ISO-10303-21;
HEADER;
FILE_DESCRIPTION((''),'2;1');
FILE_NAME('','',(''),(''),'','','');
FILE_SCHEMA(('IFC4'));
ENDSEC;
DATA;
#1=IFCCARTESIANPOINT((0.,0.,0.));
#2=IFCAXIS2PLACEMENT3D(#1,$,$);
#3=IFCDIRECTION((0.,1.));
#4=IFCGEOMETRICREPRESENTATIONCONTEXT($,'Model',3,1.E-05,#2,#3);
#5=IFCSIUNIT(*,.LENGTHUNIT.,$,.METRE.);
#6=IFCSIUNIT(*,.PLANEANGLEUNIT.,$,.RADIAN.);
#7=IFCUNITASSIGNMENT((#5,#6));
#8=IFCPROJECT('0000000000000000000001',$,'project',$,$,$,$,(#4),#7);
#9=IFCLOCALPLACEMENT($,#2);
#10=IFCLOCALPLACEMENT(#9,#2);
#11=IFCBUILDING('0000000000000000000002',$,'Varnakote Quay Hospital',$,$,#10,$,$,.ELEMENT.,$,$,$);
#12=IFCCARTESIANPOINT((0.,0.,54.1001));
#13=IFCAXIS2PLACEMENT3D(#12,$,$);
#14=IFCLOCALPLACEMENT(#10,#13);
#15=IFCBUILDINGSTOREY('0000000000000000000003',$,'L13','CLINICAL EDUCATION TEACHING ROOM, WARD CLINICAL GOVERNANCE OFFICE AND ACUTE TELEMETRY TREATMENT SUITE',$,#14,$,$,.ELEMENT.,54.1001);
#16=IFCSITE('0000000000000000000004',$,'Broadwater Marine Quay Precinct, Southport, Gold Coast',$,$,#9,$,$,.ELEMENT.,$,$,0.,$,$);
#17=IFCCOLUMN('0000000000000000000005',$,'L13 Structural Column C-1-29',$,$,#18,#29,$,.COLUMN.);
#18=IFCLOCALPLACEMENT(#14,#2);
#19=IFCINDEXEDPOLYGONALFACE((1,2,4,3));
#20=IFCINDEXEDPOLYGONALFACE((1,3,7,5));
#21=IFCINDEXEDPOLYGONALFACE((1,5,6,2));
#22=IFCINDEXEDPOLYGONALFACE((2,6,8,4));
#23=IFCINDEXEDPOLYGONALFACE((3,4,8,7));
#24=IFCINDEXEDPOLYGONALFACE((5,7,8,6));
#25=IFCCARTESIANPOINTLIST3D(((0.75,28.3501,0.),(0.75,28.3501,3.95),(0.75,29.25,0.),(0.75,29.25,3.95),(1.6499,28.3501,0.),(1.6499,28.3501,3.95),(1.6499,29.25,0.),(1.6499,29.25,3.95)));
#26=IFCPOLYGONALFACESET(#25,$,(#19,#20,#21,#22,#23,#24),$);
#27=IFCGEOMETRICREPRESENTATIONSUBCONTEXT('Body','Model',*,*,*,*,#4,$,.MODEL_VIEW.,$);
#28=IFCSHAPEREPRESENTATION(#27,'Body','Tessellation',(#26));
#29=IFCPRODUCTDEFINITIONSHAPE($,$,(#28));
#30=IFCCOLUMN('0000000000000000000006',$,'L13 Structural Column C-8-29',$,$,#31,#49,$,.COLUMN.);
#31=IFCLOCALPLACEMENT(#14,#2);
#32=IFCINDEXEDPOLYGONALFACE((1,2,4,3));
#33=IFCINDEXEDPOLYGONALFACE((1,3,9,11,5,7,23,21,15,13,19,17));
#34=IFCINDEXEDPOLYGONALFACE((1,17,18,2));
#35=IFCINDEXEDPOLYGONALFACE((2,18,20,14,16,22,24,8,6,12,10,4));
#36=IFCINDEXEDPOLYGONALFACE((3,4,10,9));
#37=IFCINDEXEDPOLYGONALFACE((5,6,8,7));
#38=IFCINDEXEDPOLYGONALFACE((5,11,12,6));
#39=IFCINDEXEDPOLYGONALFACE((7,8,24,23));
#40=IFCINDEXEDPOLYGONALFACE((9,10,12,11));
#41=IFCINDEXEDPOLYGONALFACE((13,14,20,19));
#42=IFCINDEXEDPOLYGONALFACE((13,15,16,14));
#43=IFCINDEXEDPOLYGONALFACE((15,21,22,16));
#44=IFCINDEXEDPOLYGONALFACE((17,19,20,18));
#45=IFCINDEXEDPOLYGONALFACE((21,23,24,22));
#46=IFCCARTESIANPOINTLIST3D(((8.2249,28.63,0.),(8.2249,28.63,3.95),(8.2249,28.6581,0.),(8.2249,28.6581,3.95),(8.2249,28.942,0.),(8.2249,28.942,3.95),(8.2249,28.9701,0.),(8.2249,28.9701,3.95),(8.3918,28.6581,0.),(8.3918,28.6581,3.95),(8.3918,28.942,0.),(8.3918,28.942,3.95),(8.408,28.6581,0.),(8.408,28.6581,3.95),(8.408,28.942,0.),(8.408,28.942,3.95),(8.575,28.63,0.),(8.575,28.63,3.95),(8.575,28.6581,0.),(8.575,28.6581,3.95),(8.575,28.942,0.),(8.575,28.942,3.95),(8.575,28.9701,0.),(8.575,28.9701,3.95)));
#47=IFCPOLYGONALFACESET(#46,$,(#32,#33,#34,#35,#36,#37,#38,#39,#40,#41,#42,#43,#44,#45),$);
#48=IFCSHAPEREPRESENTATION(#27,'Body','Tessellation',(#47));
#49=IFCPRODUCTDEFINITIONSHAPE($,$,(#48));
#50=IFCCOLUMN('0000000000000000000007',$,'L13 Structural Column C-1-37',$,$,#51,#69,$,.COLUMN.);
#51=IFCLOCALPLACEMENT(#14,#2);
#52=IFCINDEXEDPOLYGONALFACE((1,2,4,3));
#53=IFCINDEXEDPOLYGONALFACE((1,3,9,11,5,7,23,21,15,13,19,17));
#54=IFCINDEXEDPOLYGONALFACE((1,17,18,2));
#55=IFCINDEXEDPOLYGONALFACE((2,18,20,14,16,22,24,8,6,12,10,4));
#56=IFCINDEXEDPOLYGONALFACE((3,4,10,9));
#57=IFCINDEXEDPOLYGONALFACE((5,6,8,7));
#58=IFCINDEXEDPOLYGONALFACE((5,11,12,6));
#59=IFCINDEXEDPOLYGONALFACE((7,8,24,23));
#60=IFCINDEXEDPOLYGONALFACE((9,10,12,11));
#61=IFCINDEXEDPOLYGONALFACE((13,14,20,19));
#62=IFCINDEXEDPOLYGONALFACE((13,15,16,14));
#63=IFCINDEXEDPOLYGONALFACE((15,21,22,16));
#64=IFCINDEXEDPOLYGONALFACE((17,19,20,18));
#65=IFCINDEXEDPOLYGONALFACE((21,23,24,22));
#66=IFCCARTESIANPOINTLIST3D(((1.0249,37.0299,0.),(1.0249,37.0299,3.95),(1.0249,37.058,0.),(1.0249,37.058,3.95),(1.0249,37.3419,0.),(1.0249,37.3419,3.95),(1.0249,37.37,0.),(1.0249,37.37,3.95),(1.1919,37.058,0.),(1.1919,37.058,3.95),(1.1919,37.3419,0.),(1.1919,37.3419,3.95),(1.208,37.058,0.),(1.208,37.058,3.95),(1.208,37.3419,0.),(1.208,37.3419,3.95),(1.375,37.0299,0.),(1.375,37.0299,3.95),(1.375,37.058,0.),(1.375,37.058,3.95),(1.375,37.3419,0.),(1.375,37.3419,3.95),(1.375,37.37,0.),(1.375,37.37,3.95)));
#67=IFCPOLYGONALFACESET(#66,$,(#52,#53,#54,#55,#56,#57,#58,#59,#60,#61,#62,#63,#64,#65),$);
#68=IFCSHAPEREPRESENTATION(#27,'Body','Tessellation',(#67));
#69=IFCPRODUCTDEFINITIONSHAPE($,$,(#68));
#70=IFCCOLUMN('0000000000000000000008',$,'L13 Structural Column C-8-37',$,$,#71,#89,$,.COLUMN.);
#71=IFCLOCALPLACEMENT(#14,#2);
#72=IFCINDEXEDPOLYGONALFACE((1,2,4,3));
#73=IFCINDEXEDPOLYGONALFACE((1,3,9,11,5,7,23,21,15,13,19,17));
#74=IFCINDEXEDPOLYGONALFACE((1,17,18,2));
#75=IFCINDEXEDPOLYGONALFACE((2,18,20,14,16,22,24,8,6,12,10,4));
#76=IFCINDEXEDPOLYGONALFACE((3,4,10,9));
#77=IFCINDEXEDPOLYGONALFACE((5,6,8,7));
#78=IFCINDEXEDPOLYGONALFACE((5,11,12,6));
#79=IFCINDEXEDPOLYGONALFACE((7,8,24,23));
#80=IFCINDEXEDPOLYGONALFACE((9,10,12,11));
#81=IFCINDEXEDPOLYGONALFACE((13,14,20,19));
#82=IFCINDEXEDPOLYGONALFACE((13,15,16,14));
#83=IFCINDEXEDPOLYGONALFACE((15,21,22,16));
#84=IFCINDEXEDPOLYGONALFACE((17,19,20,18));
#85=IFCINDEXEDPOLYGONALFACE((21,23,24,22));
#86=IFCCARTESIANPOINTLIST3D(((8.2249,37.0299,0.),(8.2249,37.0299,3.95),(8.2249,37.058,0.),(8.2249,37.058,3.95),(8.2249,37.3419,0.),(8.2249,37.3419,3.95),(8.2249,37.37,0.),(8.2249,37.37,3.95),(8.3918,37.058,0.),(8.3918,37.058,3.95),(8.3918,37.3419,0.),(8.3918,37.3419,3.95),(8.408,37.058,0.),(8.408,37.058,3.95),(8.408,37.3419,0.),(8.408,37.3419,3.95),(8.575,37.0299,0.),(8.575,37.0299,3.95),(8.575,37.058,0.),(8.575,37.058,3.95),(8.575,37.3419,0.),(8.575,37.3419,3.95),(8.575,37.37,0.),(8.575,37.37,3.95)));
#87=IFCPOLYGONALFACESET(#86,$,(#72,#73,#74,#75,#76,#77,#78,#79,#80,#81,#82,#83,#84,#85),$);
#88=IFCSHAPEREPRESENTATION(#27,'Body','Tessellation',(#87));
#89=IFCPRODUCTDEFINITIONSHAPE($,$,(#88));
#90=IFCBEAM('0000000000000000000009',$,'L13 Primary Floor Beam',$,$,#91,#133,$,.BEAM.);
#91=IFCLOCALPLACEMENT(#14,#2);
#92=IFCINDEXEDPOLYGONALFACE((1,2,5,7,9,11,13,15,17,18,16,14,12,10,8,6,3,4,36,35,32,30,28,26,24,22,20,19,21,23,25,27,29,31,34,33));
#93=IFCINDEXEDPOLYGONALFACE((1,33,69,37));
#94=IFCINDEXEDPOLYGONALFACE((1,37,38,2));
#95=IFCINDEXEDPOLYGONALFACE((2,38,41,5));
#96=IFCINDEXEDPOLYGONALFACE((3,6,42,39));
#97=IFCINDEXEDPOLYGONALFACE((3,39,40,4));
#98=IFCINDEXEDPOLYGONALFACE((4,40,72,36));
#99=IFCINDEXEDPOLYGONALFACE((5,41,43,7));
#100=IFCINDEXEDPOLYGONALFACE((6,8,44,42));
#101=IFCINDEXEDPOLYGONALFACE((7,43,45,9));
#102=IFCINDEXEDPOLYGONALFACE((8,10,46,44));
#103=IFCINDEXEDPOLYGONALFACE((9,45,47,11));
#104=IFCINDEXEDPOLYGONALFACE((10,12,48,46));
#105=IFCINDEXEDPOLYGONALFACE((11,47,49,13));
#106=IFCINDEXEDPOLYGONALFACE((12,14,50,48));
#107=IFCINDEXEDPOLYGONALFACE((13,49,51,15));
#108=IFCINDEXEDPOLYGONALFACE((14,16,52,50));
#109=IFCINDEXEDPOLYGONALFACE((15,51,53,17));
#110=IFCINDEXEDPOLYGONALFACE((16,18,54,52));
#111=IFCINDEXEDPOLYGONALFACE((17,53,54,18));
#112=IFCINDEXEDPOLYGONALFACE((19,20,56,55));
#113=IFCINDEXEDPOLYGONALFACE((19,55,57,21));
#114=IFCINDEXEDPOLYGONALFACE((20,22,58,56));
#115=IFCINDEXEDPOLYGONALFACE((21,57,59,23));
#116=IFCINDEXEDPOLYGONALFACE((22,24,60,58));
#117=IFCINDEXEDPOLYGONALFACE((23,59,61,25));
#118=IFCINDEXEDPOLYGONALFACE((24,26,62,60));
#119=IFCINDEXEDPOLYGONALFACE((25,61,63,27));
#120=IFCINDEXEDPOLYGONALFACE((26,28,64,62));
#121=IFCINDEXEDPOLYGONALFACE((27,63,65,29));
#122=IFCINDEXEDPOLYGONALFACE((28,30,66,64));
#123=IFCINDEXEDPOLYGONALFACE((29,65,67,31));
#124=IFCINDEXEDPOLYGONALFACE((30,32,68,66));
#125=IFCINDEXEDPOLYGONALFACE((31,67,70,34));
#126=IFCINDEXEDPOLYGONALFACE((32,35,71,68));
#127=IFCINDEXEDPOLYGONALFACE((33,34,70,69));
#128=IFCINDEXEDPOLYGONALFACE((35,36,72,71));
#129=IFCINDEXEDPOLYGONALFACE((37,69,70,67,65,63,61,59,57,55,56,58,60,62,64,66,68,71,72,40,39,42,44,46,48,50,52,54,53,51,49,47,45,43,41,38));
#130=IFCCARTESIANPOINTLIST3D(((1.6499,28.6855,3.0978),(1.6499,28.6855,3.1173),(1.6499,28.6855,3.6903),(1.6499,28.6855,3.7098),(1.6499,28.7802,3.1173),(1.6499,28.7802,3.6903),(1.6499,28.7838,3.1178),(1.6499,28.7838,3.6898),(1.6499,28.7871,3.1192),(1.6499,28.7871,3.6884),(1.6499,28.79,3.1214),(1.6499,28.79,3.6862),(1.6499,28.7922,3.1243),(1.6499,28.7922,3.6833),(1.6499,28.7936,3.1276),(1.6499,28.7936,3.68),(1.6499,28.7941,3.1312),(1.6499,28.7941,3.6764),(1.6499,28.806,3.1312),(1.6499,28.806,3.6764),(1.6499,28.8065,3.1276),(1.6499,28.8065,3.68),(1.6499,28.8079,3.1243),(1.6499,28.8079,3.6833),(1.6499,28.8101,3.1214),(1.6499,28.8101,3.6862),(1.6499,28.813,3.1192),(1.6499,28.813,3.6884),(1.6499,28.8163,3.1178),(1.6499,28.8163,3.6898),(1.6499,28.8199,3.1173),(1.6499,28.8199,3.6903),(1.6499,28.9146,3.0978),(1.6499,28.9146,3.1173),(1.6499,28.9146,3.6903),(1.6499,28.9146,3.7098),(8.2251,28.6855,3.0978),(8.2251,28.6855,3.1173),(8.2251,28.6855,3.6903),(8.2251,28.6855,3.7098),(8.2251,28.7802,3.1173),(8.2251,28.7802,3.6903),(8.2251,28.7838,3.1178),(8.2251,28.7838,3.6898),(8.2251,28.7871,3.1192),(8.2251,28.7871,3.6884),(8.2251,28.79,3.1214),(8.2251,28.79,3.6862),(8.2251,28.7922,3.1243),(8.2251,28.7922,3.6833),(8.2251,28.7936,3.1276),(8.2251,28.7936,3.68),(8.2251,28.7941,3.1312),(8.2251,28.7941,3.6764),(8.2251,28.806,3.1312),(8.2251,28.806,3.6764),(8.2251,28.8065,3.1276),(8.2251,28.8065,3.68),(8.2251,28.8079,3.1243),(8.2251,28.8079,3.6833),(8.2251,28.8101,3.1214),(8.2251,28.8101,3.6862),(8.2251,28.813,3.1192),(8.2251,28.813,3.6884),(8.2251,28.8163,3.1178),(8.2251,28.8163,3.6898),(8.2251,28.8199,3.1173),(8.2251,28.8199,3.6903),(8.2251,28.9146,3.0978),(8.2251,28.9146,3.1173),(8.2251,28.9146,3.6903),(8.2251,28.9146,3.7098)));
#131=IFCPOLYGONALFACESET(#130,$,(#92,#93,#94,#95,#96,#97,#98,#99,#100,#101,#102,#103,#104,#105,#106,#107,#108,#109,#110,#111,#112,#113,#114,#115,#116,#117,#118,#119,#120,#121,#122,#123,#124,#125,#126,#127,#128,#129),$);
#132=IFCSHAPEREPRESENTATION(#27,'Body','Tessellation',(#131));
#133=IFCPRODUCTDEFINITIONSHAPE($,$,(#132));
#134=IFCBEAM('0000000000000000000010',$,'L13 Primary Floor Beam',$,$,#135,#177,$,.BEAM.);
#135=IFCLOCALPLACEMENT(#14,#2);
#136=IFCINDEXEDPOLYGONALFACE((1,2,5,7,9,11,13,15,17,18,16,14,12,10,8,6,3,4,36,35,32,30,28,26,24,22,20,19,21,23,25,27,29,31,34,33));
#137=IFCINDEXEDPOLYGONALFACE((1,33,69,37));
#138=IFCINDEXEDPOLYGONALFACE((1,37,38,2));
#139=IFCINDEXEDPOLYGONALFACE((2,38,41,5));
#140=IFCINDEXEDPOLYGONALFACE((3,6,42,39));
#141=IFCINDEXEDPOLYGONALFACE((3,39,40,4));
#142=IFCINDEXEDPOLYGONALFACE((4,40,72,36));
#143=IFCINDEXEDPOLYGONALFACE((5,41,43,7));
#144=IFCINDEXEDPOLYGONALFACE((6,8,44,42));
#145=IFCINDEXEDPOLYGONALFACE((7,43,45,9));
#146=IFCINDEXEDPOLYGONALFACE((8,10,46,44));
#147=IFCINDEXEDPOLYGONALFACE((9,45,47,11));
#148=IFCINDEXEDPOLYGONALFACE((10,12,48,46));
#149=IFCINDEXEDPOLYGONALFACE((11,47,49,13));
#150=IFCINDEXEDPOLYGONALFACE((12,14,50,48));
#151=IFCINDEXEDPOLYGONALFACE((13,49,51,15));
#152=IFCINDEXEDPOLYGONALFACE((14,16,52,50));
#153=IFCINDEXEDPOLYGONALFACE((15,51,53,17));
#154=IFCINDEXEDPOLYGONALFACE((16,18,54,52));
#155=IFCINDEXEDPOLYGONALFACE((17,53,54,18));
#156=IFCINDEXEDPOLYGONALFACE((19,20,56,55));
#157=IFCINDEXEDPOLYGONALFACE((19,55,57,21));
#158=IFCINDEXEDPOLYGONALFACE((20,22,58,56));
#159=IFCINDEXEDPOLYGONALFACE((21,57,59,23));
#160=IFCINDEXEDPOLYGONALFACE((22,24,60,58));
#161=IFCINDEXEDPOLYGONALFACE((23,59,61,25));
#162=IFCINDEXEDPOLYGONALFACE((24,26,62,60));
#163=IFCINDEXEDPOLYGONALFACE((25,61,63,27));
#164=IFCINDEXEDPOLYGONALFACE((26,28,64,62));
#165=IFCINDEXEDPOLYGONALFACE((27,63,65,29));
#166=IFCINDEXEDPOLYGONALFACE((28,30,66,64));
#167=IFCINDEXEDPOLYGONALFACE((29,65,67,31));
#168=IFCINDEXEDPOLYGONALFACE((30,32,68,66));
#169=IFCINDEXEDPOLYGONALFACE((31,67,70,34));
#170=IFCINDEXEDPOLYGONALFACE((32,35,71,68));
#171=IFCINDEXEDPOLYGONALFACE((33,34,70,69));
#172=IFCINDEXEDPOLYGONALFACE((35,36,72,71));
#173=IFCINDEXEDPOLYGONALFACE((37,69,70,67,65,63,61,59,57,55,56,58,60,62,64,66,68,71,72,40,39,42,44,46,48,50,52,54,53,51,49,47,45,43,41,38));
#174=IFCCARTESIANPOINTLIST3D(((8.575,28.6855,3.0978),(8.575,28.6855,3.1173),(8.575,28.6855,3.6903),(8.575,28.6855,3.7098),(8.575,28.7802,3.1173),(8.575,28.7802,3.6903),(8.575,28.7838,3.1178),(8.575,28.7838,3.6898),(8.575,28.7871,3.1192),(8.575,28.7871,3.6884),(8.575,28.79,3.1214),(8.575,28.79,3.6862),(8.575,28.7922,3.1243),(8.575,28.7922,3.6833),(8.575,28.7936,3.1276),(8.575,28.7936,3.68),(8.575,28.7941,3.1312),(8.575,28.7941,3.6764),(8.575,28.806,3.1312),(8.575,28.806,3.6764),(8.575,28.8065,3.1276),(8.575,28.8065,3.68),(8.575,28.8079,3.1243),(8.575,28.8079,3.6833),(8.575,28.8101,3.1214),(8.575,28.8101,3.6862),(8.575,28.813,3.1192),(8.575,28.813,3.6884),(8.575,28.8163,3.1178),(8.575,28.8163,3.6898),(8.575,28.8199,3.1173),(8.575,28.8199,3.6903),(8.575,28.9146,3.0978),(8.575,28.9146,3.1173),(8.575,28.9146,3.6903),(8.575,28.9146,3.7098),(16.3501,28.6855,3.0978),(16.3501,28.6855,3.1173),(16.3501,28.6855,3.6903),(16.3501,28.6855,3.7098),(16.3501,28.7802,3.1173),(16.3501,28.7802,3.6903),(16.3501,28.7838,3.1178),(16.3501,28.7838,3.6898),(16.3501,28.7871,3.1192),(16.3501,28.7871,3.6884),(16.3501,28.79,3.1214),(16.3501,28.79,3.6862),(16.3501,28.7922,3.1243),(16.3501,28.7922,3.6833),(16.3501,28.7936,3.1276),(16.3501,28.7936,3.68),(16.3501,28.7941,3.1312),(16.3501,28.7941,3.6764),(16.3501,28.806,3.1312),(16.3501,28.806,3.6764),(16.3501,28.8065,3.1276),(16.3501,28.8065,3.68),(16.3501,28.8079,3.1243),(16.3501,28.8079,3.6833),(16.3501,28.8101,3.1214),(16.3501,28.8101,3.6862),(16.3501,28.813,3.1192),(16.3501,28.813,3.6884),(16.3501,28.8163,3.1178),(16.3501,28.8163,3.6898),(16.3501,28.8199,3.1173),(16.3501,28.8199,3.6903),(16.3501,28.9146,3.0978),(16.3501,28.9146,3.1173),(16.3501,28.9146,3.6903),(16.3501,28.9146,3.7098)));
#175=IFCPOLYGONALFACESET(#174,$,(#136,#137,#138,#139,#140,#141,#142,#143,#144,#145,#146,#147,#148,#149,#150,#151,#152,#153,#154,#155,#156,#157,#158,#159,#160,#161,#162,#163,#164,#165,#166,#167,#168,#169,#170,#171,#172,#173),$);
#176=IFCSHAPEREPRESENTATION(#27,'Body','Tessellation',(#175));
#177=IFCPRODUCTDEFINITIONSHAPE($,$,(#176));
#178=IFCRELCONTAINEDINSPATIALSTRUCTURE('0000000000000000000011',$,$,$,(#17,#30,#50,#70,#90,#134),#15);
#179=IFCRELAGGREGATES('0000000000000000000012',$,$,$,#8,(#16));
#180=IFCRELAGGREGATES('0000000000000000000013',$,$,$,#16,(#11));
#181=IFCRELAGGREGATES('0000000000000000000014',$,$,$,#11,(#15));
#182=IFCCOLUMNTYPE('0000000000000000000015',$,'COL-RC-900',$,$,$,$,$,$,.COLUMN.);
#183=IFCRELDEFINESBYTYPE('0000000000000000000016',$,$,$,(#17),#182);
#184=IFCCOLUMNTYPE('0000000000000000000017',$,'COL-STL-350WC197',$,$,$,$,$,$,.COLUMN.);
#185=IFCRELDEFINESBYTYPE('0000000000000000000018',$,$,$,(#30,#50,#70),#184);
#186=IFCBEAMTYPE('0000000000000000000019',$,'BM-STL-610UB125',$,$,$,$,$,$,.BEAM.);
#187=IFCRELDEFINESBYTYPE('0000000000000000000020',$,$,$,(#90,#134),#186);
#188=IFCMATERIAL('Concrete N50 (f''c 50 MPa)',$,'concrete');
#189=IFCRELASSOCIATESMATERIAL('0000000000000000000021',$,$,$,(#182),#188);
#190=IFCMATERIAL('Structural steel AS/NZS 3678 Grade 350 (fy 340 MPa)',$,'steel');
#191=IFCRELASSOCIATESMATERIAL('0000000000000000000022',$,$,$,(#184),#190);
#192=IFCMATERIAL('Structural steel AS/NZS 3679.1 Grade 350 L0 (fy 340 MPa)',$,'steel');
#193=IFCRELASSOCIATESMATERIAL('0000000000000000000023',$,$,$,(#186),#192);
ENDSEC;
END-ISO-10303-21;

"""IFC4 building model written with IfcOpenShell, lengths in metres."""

from ifc_helpers import new_model, si_unit, direction, frame, origin, origin_2d, place, context, subcontext, project, spatial, rectangle, i_section, extrude, material, material_profile, profile_set, type_object, element, save


model = new_model("IFC4")

# Units and contexts
model_context = context("Model", 3, precision=1e-05, world=origin(), true_north=direction((0.0, 1.0)))
body_context = subcontext(model_context, "Body", "Model", "MODEL_VIEW")
ifc_project = project(units=[si_unit("LENGTHUNIT", "METRE"), si_unit("PLANEANGLEUNIT", "RADIAN")], contexts=[model_context])

# Site, building, storey
site_placement = place(None, origin())
site = spatial("IfcSite", under=ifc_project, at=site_placement, Name="Broadwater Marine Quay Precinct, Southport, Gold Coast", CompositionType="ELEMENT", RefElevation=0.0)
building_placement = place(site_placement, origin())
building = spatial("IfcBuilding", under=site, at=building_placement, Name="Varnakote Quay Hospital", CompositionType="ELEMENT")
storey_placement = place(building_placement, frame((0.0, 0.0, 54.1001)))
storey = spatial("IfcBuildingStorey", under=building, at=storey_placement, Name="L13", Description="CLINICAL EDUCATION TEACHING ROOM, WARD CLINICAL GOVERNANCE OFFICE AND ACUTE TELEMETRY TREATMENT SUITE", CompositionType="ELEMENT", Elevation=54.1001)

# Columns
ifc_material_1 = material(Name="Concrete N50 (f'c 50 MPa)", Category="concrete")
ifc_material_profile_1 = material_profile(ifc_material_1, rectangle(XDim=0.8999, YDim=0.8999, at=origin_2d()), Name="RC-COL-900x900")
ifc_profile_set_1 = profile_set([ifc_material_profile_1], Name="Concrete N50 (f'c 50 MPa)")
column_type_1 = type_object("IfcColumnType", Name="COL-RC-900", PredefinedType="COLUMN", material=ifc_profile_set_1)
column_placement = place(storey_placement, frame((1.2, 28.8, 0.0), z_axis=(0.0, 0.0, 1.0), x_axis=(1.0, 0.0, 0.0)))
element("IfcColumn", 1, at=column_placement, inside=storey, type_object=column_type_1, Name="L13 Structural Column C-1-29", PredefinedType="COLUMN", context=body_context, shape_type="SweptSolid", body=[
    extrude(rectangle(XDim=0.8999, YDim=0.8999, at=origin_2d()), origin(), (0.0, 0.0, 1.0), 3.95),
])
ifc_material_2 = material(Name="Structural steel AS/NZS 3678 Grade 350 (fy 340 MPa)", Category="steel")
ifc_material_profile_2 = material_profile(ifc_material_2, i_section(OverallWidth=0.3501, OverallDepth=0.3401, WebThickness=0.0161, FlangeThickness=0.0281, at=origin_2d()), Name="350WC197")
ifc_profile_set_2 = profile_set([ifc_material_profile_2], Name="Structural steel AS/NZS 3678 Grade 350 (fy 340 MPa)")
column_type_2 = type_object("IfcColumnType", Name="COL-STL-350WC197", PredefinedType="COLUMN", material=ifc_profile_set_2)
for number, where, z_axis, x_axis, name in (
    (2, (8.3999, 28.8, 0.0), (0.0, 0.0, 1.0), (1.0, 0.0, 0.0), "L13 Structural Column C-8-29"),
    (3, (1.2, 37.2, 0.0), (0.0, 0.0, 1.0), (1.0, 0.0, 0.0), "L13 Structural Column C-1-37"),
    (4, (8.3999, 37.2, 0.0), (0.0, 0.0, 1.0), (1.0, 0.0, 0.0), "L13 Structural Column C-8-37"),
):
    element("IfcColumn", number, at=place(storey_placement, frame(where, z_axis=z_axis, x_axis=x_axis)), inside=storey, type_object=column_type_2, Name=name, PredefinedType="COLUMN", context=body_context, shape_type="SweptSolid", body=[
        extrude(i_section(OverallWidth=0.3501, OverallDepth=0.3401, WebThickness=0.0161, FlangeThickness=0.0281, at=origin_2d()), origin(), (0.0, 0.0, 1.0), 3.95),
    ])

# Beams
ifc_material_3 = material(Name="Structural steel AS/NZS 3679.1 Grade 350 L0 (fy 340 MPa)", Category="steel")
ifc_material_profile_3 = material_profile(ifc_material_3, i_section(OverallWidth=0.229, OverallDepth=0.6121, WebThickness=0.012, FlangeThickness=0.0195, FilletRadius=0.0139, at=origin_2d()), Name="610UB125")
ifc_profile_set_3 = profile_set([ifc_material_profile_3], Name="Structural steel AS/NZS 3679.1 Grade 350 L0 (fy 340 MPa)")
beam_type_1 = type_object("IfcBeamType", Name="BM-STL-610UB125", PredefinedType="BEAM", material=ifc_profile_set_3)
beam_1_placement = place(storey_placement, frame((1.6499, 28.8, 3.4038), z_axis=(1.0, 0.0, 0.0), x_axis=(0.0, 1.0, 0.0)))
element("IfcBeam", 5, at=beam_1_placement, inside=storey, type_object=beam_type_1, Name="L13 Primary Floor Beam", PredefinedType="BEAM", context=body_context, shape_type="SweptSolid", body=[
    extrude(i_section(OverallWidth=0.229, OverallDepth=0.6121, WebThickness=0.012, FlangeThickness=0.0195, FilletRadius=0.0139, at=origin_2d()), origin(), (0.0, 0.0, 1.0), 6.5752),
])
beam_2_placement = place(storey_placement, frame((8.575, 28.8, 3.4038), z_axis=(1.0, 0.0, 0.0), x_axis=(0.0, 1.0, 0.0)))
element("IfcBeam", 6, at=beam_2_placement, inside=storey, type_object=beam_type_1, Name="L13 Primary Floor Beam", PredefinedType="BEAM", context=body_context, shape_type="SweptSolid", body=[
    extrude(i_section(OverallWidth=0.229, OverallDepth=0.6121, WebThickness=0.012, FlangeThickness=0.0195, FilletRadius=0.0139, at=origin_2d()), origin(), (0.0, 0.0, 1.0), 7.7751),
])

save(model, "model.ifc")
